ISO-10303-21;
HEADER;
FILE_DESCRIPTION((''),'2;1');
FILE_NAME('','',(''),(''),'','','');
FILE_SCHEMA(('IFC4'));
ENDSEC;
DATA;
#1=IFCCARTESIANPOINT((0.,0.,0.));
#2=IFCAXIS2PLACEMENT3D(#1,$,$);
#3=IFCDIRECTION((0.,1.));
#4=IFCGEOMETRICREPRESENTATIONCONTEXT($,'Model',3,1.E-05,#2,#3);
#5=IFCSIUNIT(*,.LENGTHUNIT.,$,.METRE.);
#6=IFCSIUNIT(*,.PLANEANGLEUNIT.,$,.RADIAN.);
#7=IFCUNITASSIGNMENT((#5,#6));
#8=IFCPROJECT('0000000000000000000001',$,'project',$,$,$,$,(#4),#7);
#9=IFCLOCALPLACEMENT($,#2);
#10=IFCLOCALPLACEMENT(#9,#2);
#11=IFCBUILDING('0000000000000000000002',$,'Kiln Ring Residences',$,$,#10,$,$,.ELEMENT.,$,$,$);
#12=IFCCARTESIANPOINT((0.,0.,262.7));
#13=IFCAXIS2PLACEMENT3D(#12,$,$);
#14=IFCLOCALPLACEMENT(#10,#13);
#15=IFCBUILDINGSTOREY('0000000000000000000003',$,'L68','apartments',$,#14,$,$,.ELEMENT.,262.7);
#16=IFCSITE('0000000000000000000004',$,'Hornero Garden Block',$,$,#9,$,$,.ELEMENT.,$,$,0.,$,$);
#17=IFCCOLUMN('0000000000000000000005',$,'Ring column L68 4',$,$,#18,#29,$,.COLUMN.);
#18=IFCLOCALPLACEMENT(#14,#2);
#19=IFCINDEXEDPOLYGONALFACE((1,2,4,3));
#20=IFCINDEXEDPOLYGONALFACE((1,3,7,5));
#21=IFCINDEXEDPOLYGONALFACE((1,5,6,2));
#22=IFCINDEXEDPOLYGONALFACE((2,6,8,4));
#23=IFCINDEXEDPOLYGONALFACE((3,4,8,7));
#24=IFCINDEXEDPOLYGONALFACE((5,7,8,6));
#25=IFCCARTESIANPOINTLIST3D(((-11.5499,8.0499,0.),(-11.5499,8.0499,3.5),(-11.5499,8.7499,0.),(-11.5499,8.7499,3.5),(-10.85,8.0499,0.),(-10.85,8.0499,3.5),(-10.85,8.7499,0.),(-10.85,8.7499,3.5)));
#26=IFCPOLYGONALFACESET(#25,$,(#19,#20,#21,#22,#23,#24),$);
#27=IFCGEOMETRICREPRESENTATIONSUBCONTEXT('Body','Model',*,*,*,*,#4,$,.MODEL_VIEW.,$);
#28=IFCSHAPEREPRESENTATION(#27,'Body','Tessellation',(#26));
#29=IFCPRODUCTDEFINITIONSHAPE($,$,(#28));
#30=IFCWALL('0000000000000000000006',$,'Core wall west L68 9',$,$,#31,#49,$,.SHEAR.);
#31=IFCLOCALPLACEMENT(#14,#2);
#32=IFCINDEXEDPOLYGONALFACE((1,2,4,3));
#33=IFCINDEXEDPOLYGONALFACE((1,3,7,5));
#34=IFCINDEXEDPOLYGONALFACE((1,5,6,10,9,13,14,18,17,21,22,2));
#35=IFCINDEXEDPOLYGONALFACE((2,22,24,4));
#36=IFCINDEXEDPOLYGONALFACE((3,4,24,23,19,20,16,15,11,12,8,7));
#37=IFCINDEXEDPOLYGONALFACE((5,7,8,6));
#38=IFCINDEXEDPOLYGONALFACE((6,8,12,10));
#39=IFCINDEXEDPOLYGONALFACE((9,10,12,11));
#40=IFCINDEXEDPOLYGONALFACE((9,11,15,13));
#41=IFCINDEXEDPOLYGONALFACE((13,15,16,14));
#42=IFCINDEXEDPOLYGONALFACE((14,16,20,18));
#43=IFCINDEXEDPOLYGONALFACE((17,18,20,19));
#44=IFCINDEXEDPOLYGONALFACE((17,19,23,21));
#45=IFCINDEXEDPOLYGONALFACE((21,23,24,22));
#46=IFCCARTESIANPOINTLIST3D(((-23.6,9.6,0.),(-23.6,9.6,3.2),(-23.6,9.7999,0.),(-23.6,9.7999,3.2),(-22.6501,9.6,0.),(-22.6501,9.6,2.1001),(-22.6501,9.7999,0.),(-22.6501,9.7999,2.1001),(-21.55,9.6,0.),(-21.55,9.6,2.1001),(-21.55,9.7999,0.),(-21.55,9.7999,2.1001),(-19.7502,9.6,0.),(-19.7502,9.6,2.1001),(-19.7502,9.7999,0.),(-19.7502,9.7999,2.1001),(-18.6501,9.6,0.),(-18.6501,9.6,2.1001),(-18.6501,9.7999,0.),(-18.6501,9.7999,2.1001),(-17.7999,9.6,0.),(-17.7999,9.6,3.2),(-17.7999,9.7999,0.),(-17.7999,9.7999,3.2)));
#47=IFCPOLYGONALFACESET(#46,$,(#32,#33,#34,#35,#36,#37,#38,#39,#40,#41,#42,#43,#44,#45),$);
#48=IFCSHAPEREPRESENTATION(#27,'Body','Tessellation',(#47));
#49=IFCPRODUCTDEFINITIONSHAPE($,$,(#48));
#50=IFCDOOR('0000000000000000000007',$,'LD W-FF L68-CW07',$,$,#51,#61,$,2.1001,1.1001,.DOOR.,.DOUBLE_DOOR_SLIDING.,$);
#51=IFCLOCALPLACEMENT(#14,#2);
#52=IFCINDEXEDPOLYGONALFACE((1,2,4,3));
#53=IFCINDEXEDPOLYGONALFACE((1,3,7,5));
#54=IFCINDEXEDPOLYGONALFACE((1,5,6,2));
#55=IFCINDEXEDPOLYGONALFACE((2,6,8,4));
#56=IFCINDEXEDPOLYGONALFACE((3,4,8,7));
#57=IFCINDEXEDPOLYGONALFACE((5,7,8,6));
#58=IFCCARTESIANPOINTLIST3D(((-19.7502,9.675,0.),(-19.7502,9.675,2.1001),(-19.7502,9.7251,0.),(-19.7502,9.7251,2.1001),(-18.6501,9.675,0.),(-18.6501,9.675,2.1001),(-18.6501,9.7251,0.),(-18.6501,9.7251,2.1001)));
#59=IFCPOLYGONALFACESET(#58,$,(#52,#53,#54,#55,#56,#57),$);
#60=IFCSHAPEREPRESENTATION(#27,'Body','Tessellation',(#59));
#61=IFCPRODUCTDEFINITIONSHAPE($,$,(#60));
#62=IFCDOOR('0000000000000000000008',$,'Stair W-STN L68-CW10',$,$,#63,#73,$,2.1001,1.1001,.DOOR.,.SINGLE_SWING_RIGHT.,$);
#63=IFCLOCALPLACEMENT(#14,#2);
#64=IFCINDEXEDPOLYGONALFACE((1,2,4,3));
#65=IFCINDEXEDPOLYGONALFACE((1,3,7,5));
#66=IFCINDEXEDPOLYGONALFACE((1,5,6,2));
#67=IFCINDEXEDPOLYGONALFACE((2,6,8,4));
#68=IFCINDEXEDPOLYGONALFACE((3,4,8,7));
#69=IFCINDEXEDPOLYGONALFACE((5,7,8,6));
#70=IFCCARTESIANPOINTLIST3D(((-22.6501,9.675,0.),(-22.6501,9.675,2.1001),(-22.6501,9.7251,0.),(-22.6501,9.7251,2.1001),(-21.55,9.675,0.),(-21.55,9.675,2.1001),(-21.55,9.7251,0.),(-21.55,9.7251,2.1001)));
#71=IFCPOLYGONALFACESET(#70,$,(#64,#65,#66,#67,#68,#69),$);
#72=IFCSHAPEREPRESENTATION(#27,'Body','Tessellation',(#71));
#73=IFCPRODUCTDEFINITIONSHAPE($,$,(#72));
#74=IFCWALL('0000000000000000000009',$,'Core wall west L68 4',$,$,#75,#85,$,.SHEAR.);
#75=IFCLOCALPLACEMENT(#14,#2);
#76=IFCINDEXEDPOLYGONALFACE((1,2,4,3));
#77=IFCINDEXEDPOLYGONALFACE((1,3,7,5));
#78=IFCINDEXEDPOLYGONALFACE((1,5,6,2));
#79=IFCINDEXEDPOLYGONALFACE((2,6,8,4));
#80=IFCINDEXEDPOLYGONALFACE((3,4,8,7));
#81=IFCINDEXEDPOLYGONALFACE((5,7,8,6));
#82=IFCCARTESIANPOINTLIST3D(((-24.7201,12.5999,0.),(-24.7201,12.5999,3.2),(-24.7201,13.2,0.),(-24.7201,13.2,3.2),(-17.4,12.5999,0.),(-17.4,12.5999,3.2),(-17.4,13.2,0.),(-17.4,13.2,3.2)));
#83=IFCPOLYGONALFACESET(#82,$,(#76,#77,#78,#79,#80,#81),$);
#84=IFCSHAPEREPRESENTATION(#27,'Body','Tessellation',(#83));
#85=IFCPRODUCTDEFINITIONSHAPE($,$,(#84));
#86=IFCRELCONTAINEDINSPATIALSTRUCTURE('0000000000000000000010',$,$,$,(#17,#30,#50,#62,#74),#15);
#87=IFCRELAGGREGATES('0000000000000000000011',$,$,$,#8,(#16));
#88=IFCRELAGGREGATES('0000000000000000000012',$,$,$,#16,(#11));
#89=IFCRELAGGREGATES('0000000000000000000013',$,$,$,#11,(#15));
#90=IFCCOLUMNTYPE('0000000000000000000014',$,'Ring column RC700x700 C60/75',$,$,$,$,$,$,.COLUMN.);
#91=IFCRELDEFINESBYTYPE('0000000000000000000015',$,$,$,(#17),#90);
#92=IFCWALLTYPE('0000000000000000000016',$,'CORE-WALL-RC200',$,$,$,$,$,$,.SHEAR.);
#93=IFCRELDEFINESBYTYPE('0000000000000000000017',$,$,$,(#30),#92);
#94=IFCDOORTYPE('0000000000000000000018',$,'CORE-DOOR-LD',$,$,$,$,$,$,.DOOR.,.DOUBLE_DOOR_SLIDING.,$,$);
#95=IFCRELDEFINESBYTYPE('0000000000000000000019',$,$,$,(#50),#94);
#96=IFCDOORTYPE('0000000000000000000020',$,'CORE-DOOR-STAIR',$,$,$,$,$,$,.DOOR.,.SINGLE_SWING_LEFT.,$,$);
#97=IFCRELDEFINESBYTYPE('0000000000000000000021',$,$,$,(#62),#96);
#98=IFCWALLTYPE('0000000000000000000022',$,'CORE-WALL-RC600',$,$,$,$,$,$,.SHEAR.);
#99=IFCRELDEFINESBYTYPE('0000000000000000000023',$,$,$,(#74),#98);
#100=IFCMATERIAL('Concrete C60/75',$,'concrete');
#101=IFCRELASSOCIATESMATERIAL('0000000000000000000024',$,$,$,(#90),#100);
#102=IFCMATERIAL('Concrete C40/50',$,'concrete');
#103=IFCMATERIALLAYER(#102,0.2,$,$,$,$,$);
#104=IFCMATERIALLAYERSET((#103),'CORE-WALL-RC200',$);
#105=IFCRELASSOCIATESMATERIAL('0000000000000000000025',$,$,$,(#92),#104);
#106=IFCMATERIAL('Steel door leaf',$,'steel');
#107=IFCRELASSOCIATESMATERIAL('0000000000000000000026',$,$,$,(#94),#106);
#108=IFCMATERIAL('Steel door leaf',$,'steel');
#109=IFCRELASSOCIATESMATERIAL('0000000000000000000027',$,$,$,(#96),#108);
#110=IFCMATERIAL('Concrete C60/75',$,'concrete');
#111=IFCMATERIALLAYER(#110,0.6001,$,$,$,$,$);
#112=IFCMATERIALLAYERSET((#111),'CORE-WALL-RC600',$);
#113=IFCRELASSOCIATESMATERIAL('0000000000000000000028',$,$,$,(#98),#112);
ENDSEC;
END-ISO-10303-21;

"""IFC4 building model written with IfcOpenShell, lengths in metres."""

from ifc_helpers import new_model, si_unit, direction, frame, frame_2d, origin, origin_2d, place, context, subcontext, project, spatial, rectangle, extrude, material, layer, layer_set, material_profile, profile_set, type_object, element, fill, save


model = new_model("IFC4")

# Units and contexts
model_context = context("Model", 3, precision=1e-05, world=origin(), true_north=direction((0.0, 1.0)))
body_context = subcontext(model_context, "Body", "Model", "MODEL_VIEW")
ifc_project = project(units=[si_unit("LENGTHUNIT", "METRE"), si_unit("PLANEANGLEUNIT", "RADIAN")], contexts=[model_context])

# Site, building, storey
site_placement = place(None, origin())
site = spatial("IfcSite", under=ifc_project, at=site_placement, Name="Hornero Garden Block", CompositionType="ELEMENT", RefElevation=0.0)
building_placement = place(site_placement, origin())
building = spatial("IfcBuilding", under=site, at=building_placement, Name="Kiln Ring Residences", CompositionType="ELEMENT")
storey_placement = place(building_placement, frame((0.0, 0.0, 262.7)))
storey = spatial("IfcBuildingStorey", under=building, at=storey_placement, Name="L68", Description="apartments", CompositionType="ELEMENT", Elevation=262.7)

# Column
ifc_material_1 = material(Name="Concrete C60/75", Category="concrete")
ifc_material_profile = material_profile(ifc_material_1, rectangle(XDim=0.7, YDim=0.7, at=origin_2d()), Name="RC700x700")
ifc_profile_set = profile_set([ifc_material_profile], Name="Concrete C60/75")
column_type = type_object("IfcColumnType", Name="Ring column RC700x700 C60/75", PredefinedType="COLUMN", material=ifc_profile_set)
column_placement = place(storey_placement, frame((-11.2, 8.3999, 0.0), z_axis=(0.0, 0.0, 1.0), x_axis=(1.0, 0.0, 0.0)))
element("IfcColumn", 1, at=column_placement, inside=storey, type_object=column_type, Name="Ring column L68 4", PredefinedType="COLUMN", context=body_context, shape_type="SweptSolid", body=[
    extrude(rectangle(XDim=0.7, YDim=0.7, at=origin_2d()), origin(), (0.0, 0.0, 1.0), 3.5),
])

# Wall, openings, doors
ifc_material_2 = material(Name="Concrete C40/50", Category="concrete")
ifc_layer_1 = layer(ifc_material_2, 0.2)
ifc_layer_set_1 = layer_set([ifc_layer_1], Name="CORE-WALL-RC200")
wall_type_1 = type_object("IfcWallType", Name="CORE-WALL-RC200", PredefinedType="SHEAR", material=ifc_layer_set_1)
wall_1_placement = place(storey_placement, frame((-17.8, 9.7, 0.0), z_axis=(0.0, 0.0, 1.0), x_axis=(-1.0, 0.0, 0.0)))
wall_1 = element("IfcWall", 2, at=wall_1_placement, inside=storey, type_object=wall_type_1, Name="Core wall west L68 9", PredefinedType="SHEAR", context=body_context, shape_type="SweptSolid", body=[
    extrude(rectangle(XDim=5.8, YDim=0.2, at=frame_2d((2.8999, 0.0))), origin(), (0.0, 0.0, 1.0), 3.2),
])
opening_1_placement = place(wall_1_placement, frame((0.8501, 0.0, 0.0)))
opening_1 = element("IfcOpeningElement", 3, at=opening_1_placement, cuts=wall_1, PredefinedType="OPENING", context=body_context, shape_type="SweptSolid", body=[
    extrude(rectangle(XDim=1.1001, YDim=2.1001, at=frame_2d((0.55, 1.05))), frame((0.0, 0.1099, 0.0), z_axis=(0.0, -1.0, 0.0), x_axis=(1.0, 0.0, 0.0)), (0.0, 0.0, 1.0), 0.22),
])
opening_2_placement = place(wall_1_placement, frame((3.75, 0.0, 0.0)))
opening_2 = element("IfcOpeningElement", 4, at=opening_2_placement, cuts=wall_1, PredefinedType="OPENING", context=body_context, shape_type="SweptSolid", body=[
    extrude(rectangle(XDim=1.1001, YDim=2.1001, at=frame_2d((0.55, 1.05))), frame((0.0, 0.1099, 0.0), z_axis=(0.0, -1.0, 0.0), x_axis=(1.0, 0.0, 0.0)), (0.0, 0.0, 1.0), 0.22),
])
ifc_material_3 = material(Name="Steel door leaf", Category="steel")
door_type_1 = type_object("IfcDoorType", Name="CORE-DOOR-LD", OperationType="DOUBLE_DOOR_SLIDING", PredefinedType="DOOR", material=ifc_material_3)
door_1_placement = place(opening_1_placement, origin())
door_1 = element("IfcDoor", 5, at=door_1_placement, inside=storey, type_object=door_type_1, Name="LD W-FF L68-CW07", OperationType="DOUBLE_DOOR_SLIDING", OverallHeight=2.1001, OverallWidth=1.1001, PredefinedType="DOOR", context=body_context, shape_type="SweptSolid", body=[
    extrude(rectangle(XDim=1.1001, YDim=2.1001, at=frame_2d((0.55, 1.05))), frame((0.0, 0.0249, 0.0), z_axis=(0.0, -1.0, 0.0), x_axis=(1.0, 0.0, 0.0)), (0.0, 0.0, 1.0), 0.05),
])
fill(opening_1, door_1)
ifc_material_4 = material(Name="Steel door leaf", Category="steel")
door_type_2 = type_object("IfcDoorType", Name="CORE-DOOR-STAIR", OperationType="SINGLE_SWING_LEFT", PredefinedType="DOOR", material=ifc_material_4)
door_2_placement = place(opening_2_placement, origin())
door_2 = element("IfcDoor", 6, at=door_2_placement, inside=storey, type_object=door_type_2, Name="Stair W-STN L68-CW10", OperationType="SINGLE_SWING_RIGHT", OverallHeight=2.1001, OverallWidth=1.1001, PredefinedType="DOOR", context=body_context, shape_type="SweptSolid", body=[
    extrude(rectangle(XDim=1.1001, YDim=2.1001, at=frame_2d((0.55, 1.05))), frame((0.0, 0.0249, 0.0), z_axis=(0.0, -1.0, 0.0), x_axis=(1.0, 0.0, 0.0)), (0.0, 0.0, 1.0), 0.05),
])
fill(opening_2, door_2)

# Wall
ifc_material_5 = material(Name="Concrete C60/75", Category="concrete")
ifc_layer_2 = layer(ifc_material_5, 0.6001)
ifc_layer_set_2 = layer_set([ifc_layer_2], Name="CORE-WALL-RC600")
wall_type_2 = type_object("IfcWallType", Name="CORE-WALL-RC600", PredefinedType="SHEAR", material=ifc_layer_set_2)
wall_2_placement = place(storey_placement, frame((-17.3999, 12.8999, 0.0), z_axis=(0.0, 0.0, 1.0), x_axis=(-1.0, 0.0, 0.0)))
element("IfcWall", 7, at=wall_2_placement, inside=storey, type_object=wall_type_2, Name="Core wall west L68 4", PredefinedType="SHEAR", context=body_context, shape_type="SweptSolid", body=[
    extrude(rectangle(XDim=7.3201, YDim=0.6001, at=frame_2d((3.6602, 0.0))), origin(), (0.0, 0.0, 1.0), 3.2),
])

save(model, "model.ifc")
